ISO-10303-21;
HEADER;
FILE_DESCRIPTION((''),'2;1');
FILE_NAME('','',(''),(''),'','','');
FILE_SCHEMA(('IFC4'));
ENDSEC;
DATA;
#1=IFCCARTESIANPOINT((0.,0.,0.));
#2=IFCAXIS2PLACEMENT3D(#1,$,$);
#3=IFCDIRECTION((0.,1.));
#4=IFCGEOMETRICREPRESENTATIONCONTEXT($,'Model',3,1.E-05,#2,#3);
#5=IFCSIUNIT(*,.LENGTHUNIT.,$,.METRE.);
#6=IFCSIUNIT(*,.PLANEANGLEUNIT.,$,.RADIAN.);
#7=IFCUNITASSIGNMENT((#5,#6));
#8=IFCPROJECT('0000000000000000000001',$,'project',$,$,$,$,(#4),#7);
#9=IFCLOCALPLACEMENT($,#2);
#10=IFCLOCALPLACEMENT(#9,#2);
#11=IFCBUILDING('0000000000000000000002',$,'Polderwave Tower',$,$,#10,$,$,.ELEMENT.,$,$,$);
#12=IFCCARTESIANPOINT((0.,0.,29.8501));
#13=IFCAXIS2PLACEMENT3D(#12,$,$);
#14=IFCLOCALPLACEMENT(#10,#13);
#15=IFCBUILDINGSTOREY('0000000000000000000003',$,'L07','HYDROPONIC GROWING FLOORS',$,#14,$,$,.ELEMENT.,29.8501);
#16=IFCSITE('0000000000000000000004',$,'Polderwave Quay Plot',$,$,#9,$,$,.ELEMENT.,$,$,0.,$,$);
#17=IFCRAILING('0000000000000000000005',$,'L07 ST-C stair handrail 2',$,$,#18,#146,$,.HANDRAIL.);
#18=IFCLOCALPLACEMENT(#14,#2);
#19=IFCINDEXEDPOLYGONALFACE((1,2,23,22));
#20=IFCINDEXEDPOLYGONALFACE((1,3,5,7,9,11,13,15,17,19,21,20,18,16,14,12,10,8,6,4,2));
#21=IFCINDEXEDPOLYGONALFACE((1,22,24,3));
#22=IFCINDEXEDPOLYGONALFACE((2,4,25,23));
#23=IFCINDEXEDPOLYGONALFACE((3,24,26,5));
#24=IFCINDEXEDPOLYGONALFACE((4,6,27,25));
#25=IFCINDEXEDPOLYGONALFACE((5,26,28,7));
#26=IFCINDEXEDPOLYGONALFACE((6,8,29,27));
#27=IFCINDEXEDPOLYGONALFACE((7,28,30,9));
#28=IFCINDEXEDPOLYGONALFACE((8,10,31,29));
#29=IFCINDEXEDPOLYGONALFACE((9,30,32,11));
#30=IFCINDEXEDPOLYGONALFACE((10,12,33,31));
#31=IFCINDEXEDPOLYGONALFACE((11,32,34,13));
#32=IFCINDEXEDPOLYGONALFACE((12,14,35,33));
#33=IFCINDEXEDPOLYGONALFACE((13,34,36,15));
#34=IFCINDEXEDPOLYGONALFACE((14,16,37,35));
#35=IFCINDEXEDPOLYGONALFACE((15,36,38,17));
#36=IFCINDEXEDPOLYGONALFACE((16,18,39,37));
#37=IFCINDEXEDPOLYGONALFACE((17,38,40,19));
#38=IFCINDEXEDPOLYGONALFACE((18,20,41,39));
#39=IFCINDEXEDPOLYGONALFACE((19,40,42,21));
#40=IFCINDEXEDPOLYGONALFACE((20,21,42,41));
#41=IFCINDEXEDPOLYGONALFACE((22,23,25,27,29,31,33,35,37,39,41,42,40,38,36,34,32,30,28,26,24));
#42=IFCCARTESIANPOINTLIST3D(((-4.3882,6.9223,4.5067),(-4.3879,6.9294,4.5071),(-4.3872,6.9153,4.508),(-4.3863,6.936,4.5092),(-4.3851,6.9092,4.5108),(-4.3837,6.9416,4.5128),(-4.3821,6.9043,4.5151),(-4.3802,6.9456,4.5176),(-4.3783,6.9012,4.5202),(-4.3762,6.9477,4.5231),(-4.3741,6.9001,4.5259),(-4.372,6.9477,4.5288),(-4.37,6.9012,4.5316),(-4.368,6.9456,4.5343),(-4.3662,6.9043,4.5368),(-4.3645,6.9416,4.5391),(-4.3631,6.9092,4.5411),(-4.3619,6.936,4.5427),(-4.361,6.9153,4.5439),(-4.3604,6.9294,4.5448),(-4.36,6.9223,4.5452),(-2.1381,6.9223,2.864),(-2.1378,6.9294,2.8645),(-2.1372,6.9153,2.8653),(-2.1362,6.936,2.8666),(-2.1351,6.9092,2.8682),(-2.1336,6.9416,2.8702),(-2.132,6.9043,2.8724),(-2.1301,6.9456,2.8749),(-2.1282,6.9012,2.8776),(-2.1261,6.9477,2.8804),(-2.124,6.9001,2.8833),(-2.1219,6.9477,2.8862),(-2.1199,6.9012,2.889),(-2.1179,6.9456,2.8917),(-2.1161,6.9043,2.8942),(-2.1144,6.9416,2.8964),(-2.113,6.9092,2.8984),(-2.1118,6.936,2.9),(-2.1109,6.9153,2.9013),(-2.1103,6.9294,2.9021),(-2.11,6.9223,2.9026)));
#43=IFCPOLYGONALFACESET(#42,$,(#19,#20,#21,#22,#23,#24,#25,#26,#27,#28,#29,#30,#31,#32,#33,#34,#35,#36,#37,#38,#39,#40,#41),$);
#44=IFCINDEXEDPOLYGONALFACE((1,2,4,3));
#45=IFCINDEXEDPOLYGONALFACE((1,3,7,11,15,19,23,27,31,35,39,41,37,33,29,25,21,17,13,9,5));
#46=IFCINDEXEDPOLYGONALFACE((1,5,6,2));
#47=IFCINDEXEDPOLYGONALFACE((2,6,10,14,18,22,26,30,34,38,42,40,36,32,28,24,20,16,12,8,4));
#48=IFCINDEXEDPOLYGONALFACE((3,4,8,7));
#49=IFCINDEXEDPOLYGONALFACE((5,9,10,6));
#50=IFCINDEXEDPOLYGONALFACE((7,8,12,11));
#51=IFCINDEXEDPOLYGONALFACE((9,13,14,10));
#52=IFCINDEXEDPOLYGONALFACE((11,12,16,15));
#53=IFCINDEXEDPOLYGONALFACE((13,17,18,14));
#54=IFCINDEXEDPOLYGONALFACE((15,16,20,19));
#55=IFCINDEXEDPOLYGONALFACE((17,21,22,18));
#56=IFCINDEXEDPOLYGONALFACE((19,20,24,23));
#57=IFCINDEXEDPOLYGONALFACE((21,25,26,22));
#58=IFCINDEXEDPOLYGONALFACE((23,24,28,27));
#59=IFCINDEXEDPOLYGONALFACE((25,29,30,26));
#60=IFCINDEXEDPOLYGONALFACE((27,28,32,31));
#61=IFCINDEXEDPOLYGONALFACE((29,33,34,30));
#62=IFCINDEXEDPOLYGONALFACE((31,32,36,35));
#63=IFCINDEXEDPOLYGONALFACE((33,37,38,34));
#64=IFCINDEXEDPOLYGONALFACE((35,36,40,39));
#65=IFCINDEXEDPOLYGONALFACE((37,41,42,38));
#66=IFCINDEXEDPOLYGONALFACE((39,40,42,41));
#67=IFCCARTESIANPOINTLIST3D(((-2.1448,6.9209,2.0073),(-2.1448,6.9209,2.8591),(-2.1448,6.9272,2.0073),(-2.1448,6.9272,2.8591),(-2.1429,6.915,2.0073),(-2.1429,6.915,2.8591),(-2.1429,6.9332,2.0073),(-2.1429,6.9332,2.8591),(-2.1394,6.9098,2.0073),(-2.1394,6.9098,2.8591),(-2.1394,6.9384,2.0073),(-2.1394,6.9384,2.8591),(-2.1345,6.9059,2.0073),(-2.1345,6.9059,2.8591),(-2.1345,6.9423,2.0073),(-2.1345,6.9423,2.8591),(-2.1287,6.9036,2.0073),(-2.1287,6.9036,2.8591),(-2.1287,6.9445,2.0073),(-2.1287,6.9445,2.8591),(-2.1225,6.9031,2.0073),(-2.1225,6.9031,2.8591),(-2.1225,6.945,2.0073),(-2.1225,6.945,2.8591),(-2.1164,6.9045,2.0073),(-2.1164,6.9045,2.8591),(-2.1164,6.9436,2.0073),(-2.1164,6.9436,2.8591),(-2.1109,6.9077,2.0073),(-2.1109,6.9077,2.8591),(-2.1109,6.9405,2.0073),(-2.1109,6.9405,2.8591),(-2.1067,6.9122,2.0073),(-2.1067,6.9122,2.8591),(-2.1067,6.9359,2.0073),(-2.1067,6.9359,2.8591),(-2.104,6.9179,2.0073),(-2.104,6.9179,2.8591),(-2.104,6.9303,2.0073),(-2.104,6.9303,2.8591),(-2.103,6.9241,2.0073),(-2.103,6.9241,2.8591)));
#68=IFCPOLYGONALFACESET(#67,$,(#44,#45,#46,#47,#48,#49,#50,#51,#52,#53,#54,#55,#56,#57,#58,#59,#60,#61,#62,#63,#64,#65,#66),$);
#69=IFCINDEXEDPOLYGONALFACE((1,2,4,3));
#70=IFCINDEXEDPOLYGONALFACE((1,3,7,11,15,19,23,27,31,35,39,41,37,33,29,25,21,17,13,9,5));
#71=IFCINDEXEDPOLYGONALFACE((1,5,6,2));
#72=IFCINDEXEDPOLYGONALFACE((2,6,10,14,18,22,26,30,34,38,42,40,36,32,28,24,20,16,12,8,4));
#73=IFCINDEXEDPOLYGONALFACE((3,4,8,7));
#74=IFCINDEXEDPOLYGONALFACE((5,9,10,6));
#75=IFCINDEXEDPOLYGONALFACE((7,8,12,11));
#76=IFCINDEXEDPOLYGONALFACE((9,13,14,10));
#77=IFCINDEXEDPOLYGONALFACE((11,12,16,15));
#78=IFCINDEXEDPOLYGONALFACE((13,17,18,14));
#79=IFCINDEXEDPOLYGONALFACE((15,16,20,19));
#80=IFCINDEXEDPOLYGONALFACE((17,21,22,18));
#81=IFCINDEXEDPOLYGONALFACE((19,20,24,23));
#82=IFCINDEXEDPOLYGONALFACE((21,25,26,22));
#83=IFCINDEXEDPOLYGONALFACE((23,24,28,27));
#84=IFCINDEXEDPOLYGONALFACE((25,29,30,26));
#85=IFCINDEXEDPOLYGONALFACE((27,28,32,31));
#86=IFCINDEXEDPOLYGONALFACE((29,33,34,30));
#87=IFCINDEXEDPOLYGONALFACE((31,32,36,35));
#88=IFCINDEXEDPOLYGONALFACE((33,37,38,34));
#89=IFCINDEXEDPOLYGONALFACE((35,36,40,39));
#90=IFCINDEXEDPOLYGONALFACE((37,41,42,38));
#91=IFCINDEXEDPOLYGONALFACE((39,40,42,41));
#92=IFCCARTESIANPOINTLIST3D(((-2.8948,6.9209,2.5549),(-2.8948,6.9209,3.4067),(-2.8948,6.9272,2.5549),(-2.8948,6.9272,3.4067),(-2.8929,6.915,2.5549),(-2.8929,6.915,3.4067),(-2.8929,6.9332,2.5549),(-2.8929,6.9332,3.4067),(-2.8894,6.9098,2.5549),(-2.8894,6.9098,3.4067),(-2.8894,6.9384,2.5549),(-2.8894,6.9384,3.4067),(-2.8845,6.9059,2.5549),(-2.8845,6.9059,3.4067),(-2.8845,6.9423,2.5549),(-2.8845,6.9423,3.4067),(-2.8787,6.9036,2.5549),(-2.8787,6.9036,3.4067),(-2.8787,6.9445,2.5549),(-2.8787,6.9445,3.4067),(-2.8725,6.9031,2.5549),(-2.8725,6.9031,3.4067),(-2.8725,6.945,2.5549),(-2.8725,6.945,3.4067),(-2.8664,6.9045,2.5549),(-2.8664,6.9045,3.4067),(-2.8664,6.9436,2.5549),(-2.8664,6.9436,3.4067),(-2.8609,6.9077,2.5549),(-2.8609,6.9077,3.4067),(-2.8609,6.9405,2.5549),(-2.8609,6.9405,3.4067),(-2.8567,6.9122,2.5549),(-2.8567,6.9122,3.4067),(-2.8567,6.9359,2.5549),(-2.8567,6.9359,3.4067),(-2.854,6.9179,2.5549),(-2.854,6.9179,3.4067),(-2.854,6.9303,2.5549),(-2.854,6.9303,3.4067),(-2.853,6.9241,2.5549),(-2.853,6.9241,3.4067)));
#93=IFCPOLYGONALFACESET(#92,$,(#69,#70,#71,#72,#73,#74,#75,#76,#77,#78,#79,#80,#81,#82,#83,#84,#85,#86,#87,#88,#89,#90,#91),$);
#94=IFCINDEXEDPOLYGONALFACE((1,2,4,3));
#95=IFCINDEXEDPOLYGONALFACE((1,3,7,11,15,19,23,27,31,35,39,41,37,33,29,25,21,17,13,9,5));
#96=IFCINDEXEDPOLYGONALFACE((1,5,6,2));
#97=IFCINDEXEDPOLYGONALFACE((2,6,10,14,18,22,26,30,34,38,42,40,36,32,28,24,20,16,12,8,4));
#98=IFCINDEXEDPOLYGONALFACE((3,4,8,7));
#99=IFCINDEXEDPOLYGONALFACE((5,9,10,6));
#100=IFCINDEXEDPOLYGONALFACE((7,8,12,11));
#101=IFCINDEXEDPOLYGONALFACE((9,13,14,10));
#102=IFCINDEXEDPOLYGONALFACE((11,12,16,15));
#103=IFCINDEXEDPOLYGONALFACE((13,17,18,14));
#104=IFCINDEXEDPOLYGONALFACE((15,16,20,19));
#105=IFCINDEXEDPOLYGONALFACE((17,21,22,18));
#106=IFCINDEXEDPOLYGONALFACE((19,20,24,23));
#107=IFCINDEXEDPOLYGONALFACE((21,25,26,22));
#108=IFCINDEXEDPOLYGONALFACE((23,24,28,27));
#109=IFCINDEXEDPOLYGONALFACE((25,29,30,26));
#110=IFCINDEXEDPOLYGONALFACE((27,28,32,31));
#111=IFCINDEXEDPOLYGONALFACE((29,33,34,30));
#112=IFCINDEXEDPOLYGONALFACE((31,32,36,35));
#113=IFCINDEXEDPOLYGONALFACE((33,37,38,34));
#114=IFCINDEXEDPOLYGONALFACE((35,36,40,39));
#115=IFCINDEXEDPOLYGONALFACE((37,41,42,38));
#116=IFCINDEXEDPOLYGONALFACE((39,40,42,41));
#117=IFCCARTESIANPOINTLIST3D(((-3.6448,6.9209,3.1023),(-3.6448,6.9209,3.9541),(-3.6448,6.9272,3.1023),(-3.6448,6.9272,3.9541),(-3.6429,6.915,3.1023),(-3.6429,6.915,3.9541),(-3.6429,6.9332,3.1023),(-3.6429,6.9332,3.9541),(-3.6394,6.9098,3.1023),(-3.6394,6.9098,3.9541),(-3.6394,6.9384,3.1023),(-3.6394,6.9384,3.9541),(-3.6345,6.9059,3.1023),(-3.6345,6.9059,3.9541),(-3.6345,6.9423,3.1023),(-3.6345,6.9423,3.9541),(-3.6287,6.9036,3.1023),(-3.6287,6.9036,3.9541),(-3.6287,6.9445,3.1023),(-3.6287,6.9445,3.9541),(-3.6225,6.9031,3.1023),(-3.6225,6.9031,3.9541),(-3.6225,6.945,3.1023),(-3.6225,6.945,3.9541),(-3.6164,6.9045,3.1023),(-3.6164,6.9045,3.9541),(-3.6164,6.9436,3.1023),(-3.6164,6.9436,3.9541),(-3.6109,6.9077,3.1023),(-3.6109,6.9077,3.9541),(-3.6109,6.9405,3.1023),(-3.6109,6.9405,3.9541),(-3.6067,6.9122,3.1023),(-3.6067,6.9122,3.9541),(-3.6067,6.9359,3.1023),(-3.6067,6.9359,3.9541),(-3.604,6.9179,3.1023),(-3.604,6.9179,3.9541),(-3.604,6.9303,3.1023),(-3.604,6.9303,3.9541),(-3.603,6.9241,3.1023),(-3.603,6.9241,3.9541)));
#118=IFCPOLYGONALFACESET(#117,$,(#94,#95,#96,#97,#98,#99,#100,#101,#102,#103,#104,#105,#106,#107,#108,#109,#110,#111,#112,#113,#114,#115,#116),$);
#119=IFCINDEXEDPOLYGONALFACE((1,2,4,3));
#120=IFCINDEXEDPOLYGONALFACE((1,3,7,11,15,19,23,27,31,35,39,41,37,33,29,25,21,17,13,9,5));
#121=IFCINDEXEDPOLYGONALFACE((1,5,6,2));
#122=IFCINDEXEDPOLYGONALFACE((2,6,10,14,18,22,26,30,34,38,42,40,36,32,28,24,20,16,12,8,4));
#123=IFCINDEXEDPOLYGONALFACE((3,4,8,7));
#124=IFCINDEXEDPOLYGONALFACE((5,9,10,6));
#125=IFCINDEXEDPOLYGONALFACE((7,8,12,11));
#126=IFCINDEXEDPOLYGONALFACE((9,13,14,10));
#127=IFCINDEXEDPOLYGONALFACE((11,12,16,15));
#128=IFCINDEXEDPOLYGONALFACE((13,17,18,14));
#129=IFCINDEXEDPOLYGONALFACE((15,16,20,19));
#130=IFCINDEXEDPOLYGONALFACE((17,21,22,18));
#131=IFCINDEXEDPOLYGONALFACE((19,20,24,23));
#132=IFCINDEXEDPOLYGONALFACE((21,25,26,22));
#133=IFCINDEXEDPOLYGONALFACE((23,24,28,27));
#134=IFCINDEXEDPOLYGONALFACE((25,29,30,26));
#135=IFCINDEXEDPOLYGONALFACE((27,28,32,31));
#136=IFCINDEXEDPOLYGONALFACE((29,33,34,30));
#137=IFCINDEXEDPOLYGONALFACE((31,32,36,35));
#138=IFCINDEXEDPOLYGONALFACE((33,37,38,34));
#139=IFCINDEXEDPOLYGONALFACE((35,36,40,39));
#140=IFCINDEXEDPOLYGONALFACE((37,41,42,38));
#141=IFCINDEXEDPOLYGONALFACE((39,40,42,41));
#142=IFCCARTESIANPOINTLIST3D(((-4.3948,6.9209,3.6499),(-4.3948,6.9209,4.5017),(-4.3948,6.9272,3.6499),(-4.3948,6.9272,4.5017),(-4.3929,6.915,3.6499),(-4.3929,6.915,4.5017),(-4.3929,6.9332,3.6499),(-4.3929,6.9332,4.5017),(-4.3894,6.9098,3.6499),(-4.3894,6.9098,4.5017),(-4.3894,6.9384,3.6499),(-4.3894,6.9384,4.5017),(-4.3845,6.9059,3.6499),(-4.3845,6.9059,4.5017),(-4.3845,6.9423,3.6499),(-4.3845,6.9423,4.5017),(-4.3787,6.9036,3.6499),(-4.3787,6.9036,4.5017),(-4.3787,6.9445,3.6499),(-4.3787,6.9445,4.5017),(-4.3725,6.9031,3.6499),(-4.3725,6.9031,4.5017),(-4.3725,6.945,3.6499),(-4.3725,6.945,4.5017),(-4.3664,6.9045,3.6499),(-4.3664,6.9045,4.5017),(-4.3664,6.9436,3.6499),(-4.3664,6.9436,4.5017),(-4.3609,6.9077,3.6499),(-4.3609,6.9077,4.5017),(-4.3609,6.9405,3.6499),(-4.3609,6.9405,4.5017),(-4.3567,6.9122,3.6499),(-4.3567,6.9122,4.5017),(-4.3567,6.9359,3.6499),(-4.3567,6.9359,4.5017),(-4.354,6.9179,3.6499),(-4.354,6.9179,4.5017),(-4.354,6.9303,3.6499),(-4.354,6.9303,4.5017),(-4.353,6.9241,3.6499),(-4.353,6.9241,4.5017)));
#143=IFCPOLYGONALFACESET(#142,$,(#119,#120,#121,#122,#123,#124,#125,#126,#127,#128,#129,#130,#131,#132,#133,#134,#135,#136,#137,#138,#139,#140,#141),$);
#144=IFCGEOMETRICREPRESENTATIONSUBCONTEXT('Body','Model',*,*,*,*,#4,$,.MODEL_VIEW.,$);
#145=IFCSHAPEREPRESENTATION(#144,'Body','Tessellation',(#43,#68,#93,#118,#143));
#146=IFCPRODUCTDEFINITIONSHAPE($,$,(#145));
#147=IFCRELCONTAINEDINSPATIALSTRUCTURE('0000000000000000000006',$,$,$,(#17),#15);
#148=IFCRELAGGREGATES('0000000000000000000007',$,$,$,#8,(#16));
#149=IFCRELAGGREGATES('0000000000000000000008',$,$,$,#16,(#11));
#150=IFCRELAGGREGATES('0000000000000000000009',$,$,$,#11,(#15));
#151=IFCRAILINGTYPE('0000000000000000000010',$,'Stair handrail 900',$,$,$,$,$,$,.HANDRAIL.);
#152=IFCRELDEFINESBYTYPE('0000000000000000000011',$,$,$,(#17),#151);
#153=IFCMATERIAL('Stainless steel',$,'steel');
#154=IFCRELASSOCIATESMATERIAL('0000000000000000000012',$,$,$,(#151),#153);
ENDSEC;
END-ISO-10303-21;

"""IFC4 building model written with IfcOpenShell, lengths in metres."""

from ifc_helpers import new_model, si_unit, direction, frame, origin, origin_2d, place, context, subcontext, project, spatial, circle, extrude, material, type_object, element, save


model = new_model("IFC4")

# Units and contexts
model_context = context("Model", 3, precision=1e-05, world=origin(), true_north=direction((0.0, 1.0)))
body_context = subcontext(model_context, "Body", "Model", "MODEL_VIEW")
ifc_project = project(units=[si_unit("LENGTHUNIT", "METRE"), si_unit("PLANEANGLEUNIT", "RADIAN")], contexts=[model_context])

# Site, building, storey
site_placement = place(None, origin())
site = spatial("IfcSite", under=ifc_project, at=site_placement, Name="Polderwave Quay Plot", CompositionType="ELEMENT", RefElevation=0.0)
building_placement = place(site_placement, origin())
building = spatial("IfcBuilding", under=site, at=building_placement, Name="Polderwave Tower", CompositionType="ELEMENT")
storey_placement = place(building_placement, frame((0.0, 0.0, 29.8501)))
storey = spatial("IfcBuildingStorey", under=building, at=storey_placement, Name="L07", Description="HYDROPONIC GROWING FLOORS", CompositionType="ELEMENT", Elevation=29.8501)

# Railing
ifc_material_1 = material(Name="Stainless steel", Category="steel")
railing_type_1 = type_object("IfcRailingType", Name="Stair handrail 900", PredefinedType="HANDRAIL", material=ifc_material_1)
railing_1_placement = place(storey_placement, frame((-2.124, 6.9241, 2.0073)))
element("IfcRailing", 1, at=railing_1_placement, inside=storey, type_object=railing_type_1, Name="L07 ST-C stair handrail 2", PredefinedType="HANDRAIL", context=body_context, shape_type="SweptSolid", body=[
    extrude(circle(Radius=0.0239, at=origin_2d()), frame((0.0, 0.0, 0.876), z_axis=(-0.807674, 0.0, 0.58963), x_axis=(0.0, -1.0, 0.0)), (0.0, 0.0, 1.0), 2.7859),
    extrude(circle(Radius=0.021, at=origin_2d()), origin(), (0.0, 0.0, 1.0), 0.8518),
    extrude(circle(Radius=0.021, at=origin_2d()), frame((-0.75, 0.0, 0.5476)), (0.0, 0.0, 1.0), 0.8518),
    extrude(circle(Radius=0.021, at=origin_2d()), frame((-1.5, 0.0, 1.095)), (0.0, 0.0, 1.0), 0.8518),
    extrude(circle(Radius=0.021, at=origin_2d()), frame((-2.25, 0.0, 1.6426)), (0.0, 0.0, 1.0), 0.8518),
])

save(model, "model.ifc")
